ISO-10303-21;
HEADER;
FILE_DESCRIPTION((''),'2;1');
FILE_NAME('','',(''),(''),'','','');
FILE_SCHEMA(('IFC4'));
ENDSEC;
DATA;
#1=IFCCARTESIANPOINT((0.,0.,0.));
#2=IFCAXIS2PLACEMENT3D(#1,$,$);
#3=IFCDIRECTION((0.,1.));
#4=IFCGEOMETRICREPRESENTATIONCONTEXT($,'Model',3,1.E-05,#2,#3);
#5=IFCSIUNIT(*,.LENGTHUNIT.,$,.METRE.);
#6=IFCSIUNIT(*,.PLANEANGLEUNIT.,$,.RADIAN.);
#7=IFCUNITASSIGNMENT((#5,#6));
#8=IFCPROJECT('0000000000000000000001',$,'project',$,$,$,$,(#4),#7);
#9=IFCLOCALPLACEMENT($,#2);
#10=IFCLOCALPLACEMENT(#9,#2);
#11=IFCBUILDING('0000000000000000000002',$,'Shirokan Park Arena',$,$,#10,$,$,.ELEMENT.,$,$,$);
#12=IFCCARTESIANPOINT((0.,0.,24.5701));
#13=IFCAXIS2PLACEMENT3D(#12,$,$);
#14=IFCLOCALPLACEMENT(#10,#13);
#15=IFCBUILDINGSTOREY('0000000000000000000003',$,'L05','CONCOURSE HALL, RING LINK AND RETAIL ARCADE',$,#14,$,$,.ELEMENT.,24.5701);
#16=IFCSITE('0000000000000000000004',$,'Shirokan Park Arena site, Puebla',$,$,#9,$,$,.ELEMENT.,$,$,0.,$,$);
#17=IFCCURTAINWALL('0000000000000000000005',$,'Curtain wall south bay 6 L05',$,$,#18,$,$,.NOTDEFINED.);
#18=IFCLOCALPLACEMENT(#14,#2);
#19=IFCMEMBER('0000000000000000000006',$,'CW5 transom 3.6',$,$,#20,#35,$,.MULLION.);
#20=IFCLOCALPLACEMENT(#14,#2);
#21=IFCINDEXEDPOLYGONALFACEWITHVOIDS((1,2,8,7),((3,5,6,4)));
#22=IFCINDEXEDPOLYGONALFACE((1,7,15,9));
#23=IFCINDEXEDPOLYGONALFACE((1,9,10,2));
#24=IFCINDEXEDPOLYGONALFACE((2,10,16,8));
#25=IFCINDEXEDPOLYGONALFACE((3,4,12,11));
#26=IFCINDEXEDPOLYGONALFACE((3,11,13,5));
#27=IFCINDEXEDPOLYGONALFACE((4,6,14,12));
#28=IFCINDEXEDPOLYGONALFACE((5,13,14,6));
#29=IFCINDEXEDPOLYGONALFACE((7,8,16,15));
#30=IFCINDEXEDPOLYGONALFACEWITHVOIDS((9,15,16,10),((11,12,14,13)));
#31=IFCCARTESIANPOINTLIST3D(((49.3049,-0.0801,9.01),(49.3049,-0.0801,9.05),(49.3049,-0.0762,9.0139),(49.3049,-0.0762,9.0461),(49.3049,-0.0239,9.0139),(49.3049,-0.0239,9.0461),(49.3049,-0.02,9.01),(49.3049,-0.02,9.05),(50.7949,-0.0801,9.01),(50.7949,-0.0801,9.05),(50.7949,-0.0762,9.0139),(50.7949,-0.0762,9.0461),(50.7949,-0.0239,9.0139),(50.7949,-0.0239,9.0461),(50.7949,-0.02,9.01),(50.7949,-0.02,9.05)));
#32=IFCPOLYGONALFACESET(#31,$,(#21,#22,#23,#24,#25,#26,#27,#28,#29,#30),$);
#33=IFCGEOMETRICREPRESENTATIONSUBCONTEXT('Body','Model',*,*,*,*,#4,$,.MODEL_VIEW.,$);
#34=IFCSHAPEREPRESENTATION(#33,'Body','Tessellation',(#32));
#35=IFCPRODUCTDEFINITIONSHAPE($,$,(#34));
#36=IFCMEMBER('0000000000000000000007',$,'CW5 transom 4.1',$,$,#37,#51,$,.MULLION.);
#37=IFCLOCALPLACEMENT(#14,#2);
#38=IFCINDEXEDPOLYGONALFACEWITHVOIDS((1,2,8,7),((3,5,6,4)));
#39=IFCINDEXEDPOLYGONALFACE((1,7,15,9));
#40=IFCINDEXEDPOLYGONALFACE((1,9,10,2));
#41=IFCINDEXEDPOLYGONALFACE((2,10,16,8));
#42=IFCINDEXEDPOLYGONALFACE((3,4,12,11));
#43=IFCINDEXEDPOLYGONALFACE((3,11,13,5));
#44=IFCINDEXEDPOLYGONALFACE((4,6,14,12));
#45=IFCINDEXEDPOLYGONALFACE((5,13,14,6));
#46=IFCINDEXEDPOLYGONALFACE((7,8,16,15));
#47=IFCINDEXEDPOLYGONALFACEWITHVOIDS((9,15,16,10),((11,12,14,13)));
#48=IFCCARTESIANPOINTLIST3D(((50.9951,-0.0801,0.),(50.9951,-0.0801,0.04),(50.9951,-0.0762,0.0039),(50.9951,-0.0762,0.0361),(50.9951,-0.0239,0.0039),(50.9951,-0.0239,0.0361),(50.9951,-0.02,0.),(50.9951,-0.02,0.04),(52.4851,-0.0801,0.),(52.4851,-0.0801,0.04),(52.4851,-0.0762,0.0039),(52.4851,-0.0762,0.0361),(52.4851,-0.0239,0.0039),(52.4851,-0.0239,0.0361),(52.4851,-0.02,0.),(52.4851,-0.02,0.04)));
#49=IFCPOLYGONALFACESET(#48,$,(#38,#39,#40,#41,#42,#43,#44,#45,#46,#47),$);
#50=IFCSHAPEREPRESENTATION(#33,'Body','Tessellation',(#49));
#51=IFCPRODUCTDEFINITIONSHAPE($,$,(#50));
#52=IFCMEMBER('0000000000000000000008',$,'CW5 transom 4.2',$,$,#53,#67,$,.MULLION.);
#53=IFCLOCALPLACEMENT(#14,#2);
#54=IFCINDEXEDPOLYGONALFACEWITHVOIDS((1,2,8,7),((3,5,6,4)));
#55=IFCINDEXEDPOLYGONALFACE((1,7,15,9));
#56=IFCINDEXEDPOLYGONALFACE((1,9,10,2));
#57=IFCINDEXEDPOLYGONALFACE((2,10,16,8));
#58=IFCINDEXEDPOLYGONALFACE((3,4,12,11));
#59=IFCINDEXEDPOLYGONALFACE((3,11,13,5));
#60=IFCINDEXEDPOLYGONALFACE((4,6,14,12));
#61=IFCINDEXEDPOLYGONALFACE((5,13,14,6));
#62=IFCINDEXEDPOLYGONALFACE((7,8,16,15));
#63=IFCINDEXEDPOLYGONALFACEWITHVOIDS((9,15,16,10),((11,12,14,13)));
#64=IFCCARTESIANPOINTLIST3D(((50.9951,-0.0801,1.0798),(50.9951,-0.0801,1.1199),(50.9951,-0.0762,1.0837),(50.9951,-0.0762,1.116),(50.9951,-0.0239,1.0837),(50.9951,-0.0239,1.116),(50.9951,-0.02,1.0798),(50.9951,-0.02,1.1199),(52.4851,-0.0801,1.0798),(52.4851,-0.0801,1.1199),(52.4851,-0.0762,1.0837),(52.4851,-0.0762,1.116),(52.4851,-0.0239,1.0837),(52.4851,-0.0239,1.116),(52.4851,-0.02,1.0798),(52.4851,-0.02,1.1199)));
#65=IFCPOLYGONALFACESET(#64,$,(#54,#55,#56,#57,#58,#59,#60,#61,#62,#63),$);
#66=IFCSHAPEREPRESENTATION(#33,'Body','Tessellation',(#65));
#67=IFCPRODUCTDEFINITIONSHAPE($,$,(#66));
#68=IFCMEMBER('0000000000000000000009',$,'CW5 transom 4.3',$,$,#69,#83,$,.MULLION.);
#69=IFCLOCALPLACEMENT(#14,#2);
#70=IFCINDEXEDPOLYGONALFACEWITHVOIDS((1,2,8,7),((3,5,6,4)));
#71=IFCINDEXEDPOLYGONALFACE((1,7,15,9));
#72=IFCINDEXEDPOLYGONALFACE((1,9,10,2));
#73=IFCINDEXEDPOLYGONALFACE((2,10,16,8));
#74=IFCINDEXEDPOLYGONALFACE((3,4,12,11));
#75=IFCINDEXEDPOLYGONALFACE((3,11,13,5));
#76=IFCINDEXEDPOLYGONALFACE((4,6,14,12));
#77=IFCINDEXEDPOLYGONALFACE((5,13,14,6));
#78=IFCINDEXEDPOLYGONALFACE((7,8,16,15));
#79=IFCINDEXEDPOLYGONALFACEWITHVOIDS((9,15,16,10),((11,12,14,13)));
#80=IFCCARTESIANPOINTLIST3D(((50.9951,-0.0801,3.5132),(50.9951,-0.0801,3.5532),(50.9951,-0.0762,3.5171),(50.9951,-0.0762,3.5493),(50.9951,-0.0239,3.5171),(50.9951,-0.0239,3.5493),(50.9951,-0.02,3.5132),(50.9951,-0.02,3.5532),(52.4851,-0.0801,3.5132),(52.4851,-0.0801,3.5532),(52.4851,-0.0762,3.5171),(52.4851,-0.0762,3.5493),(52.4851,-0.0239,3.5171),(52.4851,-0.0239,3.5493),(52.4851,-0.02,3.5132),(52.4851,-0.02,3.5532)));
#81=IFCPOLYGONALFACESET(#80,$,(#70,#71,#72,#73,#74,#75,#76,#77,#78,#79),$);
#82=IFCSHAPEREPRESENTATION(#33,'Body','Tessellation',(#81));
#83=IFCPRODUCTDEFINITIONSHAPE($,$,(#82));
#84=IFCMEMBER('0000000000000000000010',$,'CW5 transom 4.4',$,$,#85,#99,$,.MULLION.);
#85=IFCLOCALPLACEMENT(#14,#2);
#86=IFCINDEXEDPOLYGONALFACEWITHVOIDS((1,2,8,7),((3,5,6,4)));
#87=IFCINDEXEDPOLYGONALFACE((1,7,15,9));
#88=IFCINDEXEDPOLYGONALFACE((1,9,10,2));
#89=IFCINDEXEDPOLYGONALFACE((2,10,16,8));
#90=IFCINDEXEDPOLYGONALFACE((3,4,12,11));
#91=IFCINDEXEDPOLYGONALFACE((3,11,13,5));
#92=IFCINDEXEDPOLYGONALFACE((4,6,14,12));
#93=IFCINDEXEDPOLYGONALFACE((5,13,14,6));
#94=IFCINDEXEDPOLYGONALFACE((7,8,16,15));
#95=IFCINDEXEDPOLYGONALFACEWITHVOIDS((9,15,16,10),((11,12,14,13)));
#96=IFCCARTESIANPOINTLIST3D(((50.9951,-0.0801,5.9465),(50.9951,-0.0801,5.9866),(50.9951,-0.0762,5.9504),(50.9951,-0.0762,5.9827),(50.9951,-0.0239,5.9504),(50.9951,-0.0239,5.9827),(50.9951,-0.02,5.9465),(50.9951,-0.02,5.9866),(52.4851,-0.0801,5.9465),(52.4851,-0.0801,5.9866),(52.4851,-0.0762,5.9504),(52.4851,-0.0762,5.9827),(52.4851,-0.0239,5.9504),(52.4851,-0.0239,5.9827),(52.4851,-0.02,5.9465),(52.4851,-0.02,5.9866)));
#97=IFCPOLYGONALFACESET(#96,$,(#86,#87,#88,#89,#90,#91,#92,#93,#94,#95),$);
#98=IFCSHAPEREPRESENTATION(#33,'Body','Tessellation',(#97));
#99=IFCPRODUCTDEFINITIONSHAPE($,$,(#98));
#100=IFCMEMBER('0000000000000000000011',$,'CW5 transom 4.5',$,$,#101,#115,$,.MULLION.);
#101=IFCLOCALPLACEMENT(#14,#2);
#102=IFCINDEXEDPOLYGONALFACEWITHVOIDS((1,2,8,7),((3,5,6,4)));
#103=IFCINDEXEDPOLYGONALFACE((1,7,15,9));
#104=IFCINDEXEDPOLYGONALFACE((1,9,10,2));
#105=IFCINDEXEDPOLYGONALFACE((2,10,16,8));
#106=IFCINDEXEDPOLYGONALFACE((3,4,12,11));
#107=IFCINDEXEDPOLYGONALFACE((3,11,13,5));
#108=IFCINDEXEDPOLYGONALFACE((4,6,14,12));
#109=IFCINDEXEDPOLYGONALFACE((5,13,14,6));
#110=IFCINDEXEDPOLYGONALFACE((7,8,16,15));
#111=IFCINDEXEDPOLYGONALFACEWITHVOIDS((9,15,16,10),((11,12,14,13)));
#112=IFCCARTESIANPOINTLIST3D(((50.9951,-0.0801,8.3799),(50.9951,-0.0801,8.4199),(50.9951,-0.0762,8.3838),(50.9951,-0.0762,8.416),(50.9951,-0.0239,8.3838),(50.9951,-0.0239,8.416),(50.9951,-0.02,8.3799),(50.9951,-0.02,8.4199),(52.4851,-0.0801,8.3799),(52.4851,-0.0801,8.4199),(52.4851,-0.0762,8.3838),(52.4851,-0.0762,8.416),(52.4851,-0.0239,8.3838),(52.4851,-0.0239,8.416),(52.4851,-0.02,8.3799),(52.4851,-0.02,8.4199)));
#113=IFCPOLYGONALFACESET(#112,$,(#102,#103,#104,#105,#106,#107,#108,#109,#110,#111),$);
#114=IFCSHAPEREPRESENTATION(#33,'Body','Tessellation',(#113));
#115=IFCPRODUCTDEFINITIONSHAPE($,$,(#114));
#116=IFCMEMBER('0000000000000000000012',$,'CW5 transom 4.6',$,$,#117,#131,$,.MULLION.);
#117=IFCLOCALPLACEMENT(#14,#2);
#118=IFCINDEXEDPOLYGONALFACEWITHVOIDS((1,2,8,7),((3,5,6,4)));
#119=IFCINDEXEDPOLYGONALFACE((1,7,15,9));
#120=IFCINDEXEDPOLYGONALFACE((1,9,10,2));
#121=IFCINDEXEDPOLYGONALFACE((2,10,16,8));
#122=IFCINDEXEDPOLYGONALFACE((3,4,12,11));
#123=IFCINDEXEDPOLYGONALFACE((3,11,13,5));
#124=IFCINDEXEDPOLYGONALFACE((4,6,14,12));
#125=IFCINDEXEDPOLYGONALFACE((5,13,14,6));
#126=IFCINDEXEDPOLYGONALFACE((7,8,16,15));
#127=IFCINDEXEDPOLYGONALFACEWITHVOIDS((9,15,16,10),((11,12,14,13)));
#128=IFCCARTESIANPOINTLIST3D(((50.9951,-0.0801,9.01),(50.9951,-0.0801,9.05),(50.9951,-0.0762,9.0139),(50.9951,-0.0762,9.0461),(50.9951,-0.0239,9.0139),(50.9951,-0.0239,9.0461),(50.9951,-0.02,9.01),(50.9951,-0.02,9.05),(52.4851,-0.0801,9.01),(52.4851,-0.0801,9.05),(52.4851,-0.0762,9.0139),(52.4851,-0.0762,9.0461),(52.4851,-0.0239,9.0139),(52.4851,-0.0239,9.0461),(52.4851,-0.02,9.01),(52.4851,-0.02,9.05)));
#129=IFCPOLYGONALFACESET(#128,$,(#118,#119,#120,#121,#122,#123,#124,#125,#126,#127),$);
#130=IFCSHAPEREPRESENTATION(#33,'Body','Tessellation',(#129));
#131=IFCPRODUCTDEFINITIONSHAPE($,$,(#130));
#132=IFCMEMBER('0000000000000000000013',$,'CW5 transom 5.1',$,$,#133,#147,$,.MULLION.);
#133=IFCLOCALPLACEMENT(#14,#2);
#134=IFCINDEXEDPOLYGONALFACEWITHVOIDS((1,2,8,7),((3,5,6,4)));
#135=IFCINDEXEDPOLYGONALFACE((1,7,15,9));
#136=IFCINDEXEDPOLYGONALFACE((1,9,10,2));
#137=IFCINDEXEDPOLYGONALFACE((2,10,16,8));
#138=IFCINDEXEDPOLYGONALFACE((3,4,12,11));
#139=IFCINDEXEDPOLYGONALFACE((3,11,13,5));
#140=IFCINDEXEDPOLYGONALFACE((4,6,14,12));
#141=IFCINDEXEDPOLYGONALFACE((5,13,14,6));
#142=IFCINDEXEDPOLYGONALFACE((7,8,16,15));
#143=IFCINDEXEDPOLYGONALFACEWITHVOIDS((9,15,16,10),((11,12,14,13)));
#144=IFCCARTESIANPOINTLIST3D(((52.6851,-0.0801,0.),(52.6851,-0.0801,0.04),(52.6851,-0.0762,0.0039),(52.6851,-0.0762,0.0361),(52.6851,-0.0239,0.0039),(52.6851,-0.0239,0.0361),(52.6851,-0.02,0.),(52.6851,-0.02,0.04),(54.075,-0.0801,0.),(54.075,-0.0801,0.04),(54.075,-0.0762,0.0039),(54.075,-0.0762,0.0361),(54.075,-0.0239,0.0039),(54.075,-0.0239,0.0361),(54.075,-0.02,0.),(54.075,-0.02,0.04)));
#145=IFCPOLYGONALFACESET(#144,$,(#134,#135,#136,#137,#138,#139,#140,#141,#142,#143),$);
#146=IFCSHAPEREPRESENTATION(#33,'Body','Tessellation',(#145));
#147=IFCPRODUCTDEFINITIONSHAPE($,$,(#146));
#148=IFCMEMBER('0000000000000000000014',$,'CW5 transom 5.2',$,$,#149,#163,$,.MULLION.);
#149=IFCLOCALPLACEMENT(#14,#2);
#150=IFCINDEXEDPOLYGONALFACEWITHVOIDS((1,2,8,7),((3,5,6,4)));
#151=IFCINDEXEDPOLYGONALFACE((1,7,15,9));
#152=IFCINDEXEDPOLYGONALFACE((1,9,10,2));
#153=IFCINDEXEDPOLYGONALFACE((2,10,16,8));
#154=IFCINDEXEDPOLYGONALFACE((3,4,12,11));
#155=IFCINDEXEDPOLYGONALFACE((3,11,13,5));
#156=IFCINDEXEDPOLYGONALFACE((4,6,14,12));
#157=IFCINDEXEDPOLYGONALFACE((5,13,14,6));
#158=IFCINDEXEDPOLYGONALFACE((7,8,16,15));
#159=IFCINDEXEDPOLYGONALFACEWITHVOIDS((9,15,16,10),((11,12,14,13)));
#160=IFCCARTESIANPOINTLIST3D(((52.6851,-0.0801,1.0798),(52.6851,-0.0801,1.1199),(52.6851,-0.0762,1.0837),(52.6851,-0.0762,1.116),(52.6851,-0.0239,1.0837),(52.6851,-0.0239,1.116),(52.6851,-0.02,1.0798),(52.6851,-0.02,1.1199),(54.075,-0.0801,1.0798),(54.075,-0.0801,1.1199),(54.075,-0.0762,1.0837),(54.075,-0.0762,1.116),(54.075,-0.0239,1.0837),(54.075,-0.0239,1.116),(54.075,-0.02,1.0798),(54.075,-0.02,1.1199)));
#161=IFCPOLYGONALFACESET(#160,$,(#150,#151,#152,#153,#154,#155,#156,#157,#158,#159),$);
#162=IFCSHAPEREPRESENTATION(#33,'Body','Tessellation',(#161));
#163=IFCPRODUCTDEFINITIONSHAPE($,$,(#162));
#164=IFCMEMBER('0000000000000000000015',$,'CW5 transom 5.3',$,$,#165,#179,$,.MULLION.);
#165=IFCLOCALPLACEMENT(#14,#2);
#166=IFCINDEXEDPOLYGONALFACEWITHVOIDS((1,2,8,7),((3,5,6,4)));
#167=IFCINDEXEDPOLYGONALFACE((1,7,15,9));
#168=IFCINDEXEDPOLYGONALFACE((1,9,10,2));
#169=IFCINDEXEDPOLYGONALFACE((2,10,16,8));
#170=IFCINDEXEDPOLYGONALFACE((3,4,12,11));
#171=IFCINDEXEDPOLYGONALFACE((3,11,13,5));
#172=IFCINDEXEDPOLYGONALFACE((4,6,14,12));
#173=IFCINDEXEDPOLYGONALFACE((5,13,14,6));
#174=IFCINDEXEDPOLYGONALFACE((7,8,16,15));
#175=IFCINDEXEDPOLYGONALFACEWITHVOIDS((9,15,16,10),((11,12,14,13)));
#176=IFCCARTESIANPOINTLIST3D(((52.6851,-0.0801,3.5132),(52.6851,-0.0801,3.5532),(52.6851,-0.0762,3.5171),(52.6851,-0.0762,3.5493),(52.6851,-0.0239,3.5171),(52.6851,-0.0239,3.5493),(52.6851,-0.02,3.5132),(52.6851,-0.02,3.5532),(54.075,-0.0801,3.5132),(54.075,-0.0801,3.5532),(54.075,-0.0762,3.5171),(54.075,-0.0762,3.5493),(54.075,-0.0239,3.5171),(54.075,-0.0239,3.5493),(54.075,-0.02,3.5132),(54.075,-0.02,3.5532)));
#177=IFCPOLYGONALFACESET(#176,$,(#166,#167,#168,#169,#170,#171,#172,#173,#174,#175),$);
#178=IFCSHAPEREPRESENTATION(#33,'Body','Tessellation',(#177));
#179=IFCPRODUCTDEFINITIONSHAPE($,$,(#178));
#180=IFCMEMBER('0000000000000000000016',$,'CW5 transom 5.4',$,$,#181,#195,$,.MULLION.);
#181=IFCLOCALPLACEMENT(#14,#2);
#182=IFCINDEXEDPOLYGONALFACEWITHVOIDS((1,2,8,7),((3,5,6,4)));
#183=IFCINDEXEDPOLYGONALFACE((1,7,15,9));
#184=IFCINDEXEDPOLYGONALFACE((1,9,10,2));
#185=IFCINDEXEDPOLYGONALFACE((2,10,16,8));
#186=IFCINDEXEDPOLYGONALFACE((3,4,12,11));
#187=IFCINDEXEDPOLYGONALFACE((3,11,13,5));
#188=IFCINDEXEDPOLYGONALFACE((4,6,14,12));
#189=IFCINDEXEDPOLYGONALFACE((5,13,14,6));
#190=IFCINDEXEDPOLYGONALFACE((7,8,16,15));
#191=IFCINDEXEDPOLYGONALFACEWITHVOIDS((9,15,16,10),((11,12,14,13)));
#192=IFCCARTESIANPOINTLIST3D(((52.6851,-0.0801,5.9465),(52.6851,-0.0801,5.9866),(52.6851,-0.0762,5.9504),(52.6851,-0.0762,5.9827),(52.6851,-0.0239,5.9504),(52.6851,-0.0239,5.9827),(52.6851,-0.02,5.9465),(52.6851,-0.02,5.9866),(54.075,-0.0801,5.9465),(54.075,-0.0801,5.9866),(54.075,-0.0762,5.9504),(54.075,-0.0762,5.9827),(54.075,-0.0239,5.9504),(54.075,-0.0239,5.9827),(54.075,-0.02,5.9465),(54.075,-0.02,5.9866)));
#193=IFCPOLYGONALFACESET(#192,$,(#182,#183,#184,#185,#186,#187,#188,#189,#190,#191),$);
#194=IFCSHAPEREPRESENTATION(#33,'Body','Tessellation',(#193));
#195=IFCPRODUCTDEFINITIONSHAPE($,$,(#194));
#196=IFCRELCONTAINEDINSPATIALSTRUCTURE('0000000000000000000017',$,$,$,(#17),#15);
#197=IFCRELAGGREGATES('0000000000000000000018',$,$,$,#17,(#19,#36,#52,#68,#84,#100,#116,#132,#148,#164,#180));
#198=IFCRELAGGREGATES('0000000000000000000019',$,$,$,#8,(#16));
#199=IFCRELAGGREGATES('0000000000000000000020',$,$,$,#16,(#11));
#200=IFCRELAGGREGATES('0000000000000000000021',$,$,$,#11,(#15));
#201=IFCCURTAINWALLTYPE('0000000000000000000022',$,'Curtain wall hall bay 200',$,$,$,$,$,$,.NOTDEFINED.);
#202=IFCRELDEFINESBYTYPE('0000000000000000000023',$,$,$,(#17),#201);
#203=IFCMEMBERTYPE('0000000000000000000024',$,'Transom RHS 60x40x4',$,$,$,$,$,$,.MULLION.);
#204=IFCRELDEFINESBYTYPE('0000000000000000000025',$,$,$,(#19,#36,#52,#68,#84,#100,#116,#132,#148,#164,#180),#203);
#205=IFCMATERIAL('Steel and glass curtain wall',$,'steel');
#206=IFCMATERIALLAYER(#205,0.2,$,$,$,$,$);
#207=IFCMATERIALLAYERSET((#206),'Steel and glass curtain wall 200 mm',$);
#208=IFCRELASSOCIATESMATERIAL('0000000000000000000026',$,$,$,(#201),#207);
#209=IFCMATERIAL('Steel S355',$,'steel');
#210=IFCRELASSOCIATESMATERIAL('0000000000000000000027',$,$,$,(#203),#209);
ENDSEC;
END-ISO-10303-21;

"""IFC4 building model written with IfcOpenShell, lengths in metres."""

from ifc_helpers import new_model, si_unit, direction, frame, origin, origin_2d, place, context, subcontext, project, spatial, hollow_rectangle, extrude, material, layer, layer_set, material_profile, profile_set, type_object, element, aggregate, save


model = new_model("IFC4")

# Units and contexts
model_context = context("Model", 3, precision=1e-05, world=origin(), true_north=direction((0.0, 1.0)))
body_context = subcontext(model_context, "Body", "Model", "MODEL_VIEW")
ifc_project = project(units=[si_unit("LENGTHUNIT", "METRE"), si_unit("PLANEANGLEUNIT", "RADIAN")], contexts=[model_context])

# Site, building, storey
site_placement = place(None, origin())
site = spatial("IfcSite", under=ifc_project, at=site_placement, Name="Shirokan Park Arena site, Puebla", CompositionType="ELEMENT", RefElevation=0.0)
building_placement = place(site_placement, origin())
building = spatial("IfcBuilding", under=site, at=building_placement, Name="Shirokan Park Arena", CompositionType="ELEMENT")
storey_placement = place(building_placement, frame((0.0, 0.0, 24.5701)))
storey = spatial("IfcBuildingStorey", under=building, at=storey_placement, Name="L05", Description="CONCOURSE HALL, RING LINK AND RETAIL ARCADE", CompositionType="ELEMENT", Elevation=24.5701)

# Curtain wall
ifc_material_1 = material(Name="Steel and glass curtain wall", Category="steel")
ifc_layer_1 = layer(ifc_material_1, 0.2)
ifc_layer_set_1 = layer_set([ifc_layer_1], Name="Steel and glass curtain wall 200 mm")
curtain_wall_type = type_object("IfcCurtainWallType", Name="Curtain wall hall bay 200", PredefinedType="NOTDEFINED", material=ifc_layer_set_1)
curtain_wall_placement = place(storey_placement, origin())
curtain_wall = element("IfcCurtainWall", 1, at=curtain_wall_placement, inside=storey, type_object=curtain_wall_type, Name="Curtain wall south bay 6 L05", PredefinedType="NOTDEFINED")
ifc_material_2 = material(Name="Steel S355", Category="steel")

# Members
ifc_material_profile_1 = material_profile(ifc_material_2, hollow_rectangle(XDim=0.0601, YDim=0.04, WallThickness=0.0039, at=origin_2d()), Name="RHS 60x40x4")
ifc_profile_set_1 = profile_set([ifc_material_profile_1], Name="Steel S355")
member_type_1 = type_object("IfcMemberType", Name="Transom RHS 60x40x4", PredefinedType="MULLION", material=ifc_profile_set_1)
member_1_placement = place(storey_placement, frame((49.3049, -0.05, 9.03), z_axis=(1.0, 0.0, 0.0), x_axis=(0.0, 1.0, 0.0)))
member_1 = element("IfcMember", 2, at=member_1_placement, type_object=member_type_1, Name="CW5 transom 3.6", PredefinedType="MULLION", context=body_context, shape_type="SweptSolid", body=[
    extrude(hollow_rectangle(XDim=0.0601, YDim=0.04, WallThickness=0.0039, at=origin_2d()), origin(), (0.0, 0.0, 1.0), 1.49),
])
member_2_placement = place(storey_placement, frame((50.9951, -0.05, 0.02), z_axis=(1.0, 0.0, 0.0), x_axis=(0.0, 1.0, 0.0)))
member_2 = element("IfcMember", 3, at=member_2_placement, type_object=member_type_1, Name="CW5 transom 4.1", PredefinedType="MULLION", context=body_context, shape_type="SweptSolid", body=[
    extrude(hollow_rectangle(XDim=0.0601, YDim=0.04, WallThickness=0.0039, at=origin_2d()), origin(), (0.0, 0.0, 1.0), 1.49),
])
member_3_placement = place(storey_placement, frame((50.9951, -0.05, 1.0999), z_axis=(1.0, 0.0, 0.0), x_axis=(0.0, 1.0, 0.0)))
member_3 = element("IfcMember", 4, at=member_3_placement, type_object=member_type_1, Name="CW5 transom 4.2", PredefinedType="MULLION", context=body_context, shape_type="SweptSolid", body=[
    extrude(hollow_rectangle(XDim=0.0601, YDim=0.04, WallThickness=0.0039, at=origin_2d()), origin(), (0.0, 0.0, 1.0), 1.49),
])
member_4_placement = place(storey_placement, frame((50.9951, -0.05, 3.5332), z_axis=(1.0, 0.0, 0.0), x_axis=(0.0, 1.0, 0.0)))
member_4 = element("IfcMember", 5, at=member_4_placement, type_object=member_type_1, Name="CW5 transom 4.3", PredefinedType="MULLION", context=body_context, shape_type="SweptSolid", body=[
    extrude(hollow_rectangle(XDim=0.0601, YDim=0.04, WallThickness=0.0039, at=origin_2d()), origin(), (0.0, 0.0, 1.0), 1.49),
])
member_5_placement = place(storey_placement, frame((50.9951, -0.05, 5.9666), z_axis=(1.0, 0.0, 0.0), x_axis=(0.0, 1.0, 0.0)))
member_5 = element("IfcMember", 6, at=member_5_placement, type_object=member_type_1, Name="CW5 transom 4.4", PredefinedType="MULLION", context=body_context, shape_type="SweptSolid", body=[
    extrude(hollow_rectangle(XDim=0.0601, YDim=0.04, WallThickness=0.0039, at=origin_2d()), origin(), (0.0, 0.0, 1.0), 1.49),
])
member_6_placement = place(storey_placement, frame((50.9951, -0.05, 8.3999), z_axis=(1.0, 0.0, 0.0), x_axis=(0.0, 1.0, 0.0)))
member_6 = element("IfcMember", 7, at=member_6_placement, type_object=member_type_1, Name="CW5 transom 4.5", PredefinedType="MULLION", context=body_context, shape_type="SweptSolid", body=[
    extrude(hollow_rectangle(XDim=0.0601, YDim=0.04, WallThickness=0.0039, at=origin_2d()), origin(), (0.0, 0.0, 1.0), 1.49),
])
member_7_placement = place(storey_placement, frame((50.9951, -0.05, 9.03), z_axis=(1.0, 0.0, 0.0), x_axis=(0.0, 1.0, 0.0)))
member_7 = element("IfcMember", 8, at=member_7_placement, type_object=member_type_1, Name="CW5 transom 4.6", PredefinedType="MULLION", context=body_context, shape_type="SweptSolid", body=[
    extrude(hollow_rectangle(XDim=0.0601, YDim=0.04, WallThickness=0.0039, at=origin_2d()), origin(), (0.0, 0.0, 1.0), 1.49),
])
member_8_placement = place(storey_placement, frame((52.6851, -0.05, 0.02), z_axis=(1.0, 0.0, 0.0), x_axis=(0.0, 1.0, 0.0)))
member_8 = element("IfcMember", 9, at=member_8_placement, type_object=member_type_1, Name="CW5 transom 5.1", PredefinedType="MULLION", context=body_context, shape_type="SweptSolid", body=[
    extrude(hollow_rectangle(XDim=0.0601, YDim=0.04, WallThickness=0.0039, at=origin_2d()), origin(), (0.0, 0.0, 1.0), 1.3899),
])
member_9_placement = place(storey_placement, frame((52.6851, -0.05, 1.0999), z_axis=(1.0, 0.0, 0.0), x_axis=(0.0, 1.0, 0.0)))
member_9 = element("IfcMember", 10, at=member_9_placement, type_object=member_type_1, Name="CW5 transom 5.2", PredefinedType="MULLION", context=body_context, shape_type="SweptSolid", body=[
    extrude(hollow_rectangle(XDim=0.0601, YDim=0.04, WallThickness=0.0039, at=origin_2d()), origin(), (0.0, 0.0, 1.0), 1.3899),
])
member_10_placement = place(storey_placement, frame((52.6851, -0.05, 3.5332), z_axis=(1.0, 0.0, 0.0), x_axis=(0.0, 1.0, 0.0)))
member_10 = element("IfcMember", 11, at=member_10_placement, type_object=member_type_1, Name="CW5 transom 5.3", PredefinedType="MULLION", context=body_context, shape_type="SweptSolid", body=[
    extrude(hollow_rectangle(XDim=0.0601, YDim=0.04, WallThickness=0.0039, at=origin_2d()), origin(), (0.0, 0.0, 1.0), 1.3899),
])
member_11_placement = place(storey_placement, frame((52.6851, -0.05, 5.9666), z_axis=(1.0, 0.0, 0.0), x_axis=(0.0, 1.0, 0.0)))
member_11 = element("IfcMember", 12, at=member_11_placement, type_object=member_type_1, Name="CW5 transom 5.4", PredefinedType="MULLION", context=body_context, shape_type="SweptSolid", body=[
    extrude(hollow_rectangle(XDim=0.0601, YDim=0.04, WallThickness=0.0039, at=origin_2d()), origin(), (0.0, 0.0, 1.0), 1.3899),
])

aggregate(curtain_wall, [member_1, member_2, member_3, member_4, member_5, member_6, member_7, member_8, member_9, member_10, member_11])

save(model, "model.ifc")
